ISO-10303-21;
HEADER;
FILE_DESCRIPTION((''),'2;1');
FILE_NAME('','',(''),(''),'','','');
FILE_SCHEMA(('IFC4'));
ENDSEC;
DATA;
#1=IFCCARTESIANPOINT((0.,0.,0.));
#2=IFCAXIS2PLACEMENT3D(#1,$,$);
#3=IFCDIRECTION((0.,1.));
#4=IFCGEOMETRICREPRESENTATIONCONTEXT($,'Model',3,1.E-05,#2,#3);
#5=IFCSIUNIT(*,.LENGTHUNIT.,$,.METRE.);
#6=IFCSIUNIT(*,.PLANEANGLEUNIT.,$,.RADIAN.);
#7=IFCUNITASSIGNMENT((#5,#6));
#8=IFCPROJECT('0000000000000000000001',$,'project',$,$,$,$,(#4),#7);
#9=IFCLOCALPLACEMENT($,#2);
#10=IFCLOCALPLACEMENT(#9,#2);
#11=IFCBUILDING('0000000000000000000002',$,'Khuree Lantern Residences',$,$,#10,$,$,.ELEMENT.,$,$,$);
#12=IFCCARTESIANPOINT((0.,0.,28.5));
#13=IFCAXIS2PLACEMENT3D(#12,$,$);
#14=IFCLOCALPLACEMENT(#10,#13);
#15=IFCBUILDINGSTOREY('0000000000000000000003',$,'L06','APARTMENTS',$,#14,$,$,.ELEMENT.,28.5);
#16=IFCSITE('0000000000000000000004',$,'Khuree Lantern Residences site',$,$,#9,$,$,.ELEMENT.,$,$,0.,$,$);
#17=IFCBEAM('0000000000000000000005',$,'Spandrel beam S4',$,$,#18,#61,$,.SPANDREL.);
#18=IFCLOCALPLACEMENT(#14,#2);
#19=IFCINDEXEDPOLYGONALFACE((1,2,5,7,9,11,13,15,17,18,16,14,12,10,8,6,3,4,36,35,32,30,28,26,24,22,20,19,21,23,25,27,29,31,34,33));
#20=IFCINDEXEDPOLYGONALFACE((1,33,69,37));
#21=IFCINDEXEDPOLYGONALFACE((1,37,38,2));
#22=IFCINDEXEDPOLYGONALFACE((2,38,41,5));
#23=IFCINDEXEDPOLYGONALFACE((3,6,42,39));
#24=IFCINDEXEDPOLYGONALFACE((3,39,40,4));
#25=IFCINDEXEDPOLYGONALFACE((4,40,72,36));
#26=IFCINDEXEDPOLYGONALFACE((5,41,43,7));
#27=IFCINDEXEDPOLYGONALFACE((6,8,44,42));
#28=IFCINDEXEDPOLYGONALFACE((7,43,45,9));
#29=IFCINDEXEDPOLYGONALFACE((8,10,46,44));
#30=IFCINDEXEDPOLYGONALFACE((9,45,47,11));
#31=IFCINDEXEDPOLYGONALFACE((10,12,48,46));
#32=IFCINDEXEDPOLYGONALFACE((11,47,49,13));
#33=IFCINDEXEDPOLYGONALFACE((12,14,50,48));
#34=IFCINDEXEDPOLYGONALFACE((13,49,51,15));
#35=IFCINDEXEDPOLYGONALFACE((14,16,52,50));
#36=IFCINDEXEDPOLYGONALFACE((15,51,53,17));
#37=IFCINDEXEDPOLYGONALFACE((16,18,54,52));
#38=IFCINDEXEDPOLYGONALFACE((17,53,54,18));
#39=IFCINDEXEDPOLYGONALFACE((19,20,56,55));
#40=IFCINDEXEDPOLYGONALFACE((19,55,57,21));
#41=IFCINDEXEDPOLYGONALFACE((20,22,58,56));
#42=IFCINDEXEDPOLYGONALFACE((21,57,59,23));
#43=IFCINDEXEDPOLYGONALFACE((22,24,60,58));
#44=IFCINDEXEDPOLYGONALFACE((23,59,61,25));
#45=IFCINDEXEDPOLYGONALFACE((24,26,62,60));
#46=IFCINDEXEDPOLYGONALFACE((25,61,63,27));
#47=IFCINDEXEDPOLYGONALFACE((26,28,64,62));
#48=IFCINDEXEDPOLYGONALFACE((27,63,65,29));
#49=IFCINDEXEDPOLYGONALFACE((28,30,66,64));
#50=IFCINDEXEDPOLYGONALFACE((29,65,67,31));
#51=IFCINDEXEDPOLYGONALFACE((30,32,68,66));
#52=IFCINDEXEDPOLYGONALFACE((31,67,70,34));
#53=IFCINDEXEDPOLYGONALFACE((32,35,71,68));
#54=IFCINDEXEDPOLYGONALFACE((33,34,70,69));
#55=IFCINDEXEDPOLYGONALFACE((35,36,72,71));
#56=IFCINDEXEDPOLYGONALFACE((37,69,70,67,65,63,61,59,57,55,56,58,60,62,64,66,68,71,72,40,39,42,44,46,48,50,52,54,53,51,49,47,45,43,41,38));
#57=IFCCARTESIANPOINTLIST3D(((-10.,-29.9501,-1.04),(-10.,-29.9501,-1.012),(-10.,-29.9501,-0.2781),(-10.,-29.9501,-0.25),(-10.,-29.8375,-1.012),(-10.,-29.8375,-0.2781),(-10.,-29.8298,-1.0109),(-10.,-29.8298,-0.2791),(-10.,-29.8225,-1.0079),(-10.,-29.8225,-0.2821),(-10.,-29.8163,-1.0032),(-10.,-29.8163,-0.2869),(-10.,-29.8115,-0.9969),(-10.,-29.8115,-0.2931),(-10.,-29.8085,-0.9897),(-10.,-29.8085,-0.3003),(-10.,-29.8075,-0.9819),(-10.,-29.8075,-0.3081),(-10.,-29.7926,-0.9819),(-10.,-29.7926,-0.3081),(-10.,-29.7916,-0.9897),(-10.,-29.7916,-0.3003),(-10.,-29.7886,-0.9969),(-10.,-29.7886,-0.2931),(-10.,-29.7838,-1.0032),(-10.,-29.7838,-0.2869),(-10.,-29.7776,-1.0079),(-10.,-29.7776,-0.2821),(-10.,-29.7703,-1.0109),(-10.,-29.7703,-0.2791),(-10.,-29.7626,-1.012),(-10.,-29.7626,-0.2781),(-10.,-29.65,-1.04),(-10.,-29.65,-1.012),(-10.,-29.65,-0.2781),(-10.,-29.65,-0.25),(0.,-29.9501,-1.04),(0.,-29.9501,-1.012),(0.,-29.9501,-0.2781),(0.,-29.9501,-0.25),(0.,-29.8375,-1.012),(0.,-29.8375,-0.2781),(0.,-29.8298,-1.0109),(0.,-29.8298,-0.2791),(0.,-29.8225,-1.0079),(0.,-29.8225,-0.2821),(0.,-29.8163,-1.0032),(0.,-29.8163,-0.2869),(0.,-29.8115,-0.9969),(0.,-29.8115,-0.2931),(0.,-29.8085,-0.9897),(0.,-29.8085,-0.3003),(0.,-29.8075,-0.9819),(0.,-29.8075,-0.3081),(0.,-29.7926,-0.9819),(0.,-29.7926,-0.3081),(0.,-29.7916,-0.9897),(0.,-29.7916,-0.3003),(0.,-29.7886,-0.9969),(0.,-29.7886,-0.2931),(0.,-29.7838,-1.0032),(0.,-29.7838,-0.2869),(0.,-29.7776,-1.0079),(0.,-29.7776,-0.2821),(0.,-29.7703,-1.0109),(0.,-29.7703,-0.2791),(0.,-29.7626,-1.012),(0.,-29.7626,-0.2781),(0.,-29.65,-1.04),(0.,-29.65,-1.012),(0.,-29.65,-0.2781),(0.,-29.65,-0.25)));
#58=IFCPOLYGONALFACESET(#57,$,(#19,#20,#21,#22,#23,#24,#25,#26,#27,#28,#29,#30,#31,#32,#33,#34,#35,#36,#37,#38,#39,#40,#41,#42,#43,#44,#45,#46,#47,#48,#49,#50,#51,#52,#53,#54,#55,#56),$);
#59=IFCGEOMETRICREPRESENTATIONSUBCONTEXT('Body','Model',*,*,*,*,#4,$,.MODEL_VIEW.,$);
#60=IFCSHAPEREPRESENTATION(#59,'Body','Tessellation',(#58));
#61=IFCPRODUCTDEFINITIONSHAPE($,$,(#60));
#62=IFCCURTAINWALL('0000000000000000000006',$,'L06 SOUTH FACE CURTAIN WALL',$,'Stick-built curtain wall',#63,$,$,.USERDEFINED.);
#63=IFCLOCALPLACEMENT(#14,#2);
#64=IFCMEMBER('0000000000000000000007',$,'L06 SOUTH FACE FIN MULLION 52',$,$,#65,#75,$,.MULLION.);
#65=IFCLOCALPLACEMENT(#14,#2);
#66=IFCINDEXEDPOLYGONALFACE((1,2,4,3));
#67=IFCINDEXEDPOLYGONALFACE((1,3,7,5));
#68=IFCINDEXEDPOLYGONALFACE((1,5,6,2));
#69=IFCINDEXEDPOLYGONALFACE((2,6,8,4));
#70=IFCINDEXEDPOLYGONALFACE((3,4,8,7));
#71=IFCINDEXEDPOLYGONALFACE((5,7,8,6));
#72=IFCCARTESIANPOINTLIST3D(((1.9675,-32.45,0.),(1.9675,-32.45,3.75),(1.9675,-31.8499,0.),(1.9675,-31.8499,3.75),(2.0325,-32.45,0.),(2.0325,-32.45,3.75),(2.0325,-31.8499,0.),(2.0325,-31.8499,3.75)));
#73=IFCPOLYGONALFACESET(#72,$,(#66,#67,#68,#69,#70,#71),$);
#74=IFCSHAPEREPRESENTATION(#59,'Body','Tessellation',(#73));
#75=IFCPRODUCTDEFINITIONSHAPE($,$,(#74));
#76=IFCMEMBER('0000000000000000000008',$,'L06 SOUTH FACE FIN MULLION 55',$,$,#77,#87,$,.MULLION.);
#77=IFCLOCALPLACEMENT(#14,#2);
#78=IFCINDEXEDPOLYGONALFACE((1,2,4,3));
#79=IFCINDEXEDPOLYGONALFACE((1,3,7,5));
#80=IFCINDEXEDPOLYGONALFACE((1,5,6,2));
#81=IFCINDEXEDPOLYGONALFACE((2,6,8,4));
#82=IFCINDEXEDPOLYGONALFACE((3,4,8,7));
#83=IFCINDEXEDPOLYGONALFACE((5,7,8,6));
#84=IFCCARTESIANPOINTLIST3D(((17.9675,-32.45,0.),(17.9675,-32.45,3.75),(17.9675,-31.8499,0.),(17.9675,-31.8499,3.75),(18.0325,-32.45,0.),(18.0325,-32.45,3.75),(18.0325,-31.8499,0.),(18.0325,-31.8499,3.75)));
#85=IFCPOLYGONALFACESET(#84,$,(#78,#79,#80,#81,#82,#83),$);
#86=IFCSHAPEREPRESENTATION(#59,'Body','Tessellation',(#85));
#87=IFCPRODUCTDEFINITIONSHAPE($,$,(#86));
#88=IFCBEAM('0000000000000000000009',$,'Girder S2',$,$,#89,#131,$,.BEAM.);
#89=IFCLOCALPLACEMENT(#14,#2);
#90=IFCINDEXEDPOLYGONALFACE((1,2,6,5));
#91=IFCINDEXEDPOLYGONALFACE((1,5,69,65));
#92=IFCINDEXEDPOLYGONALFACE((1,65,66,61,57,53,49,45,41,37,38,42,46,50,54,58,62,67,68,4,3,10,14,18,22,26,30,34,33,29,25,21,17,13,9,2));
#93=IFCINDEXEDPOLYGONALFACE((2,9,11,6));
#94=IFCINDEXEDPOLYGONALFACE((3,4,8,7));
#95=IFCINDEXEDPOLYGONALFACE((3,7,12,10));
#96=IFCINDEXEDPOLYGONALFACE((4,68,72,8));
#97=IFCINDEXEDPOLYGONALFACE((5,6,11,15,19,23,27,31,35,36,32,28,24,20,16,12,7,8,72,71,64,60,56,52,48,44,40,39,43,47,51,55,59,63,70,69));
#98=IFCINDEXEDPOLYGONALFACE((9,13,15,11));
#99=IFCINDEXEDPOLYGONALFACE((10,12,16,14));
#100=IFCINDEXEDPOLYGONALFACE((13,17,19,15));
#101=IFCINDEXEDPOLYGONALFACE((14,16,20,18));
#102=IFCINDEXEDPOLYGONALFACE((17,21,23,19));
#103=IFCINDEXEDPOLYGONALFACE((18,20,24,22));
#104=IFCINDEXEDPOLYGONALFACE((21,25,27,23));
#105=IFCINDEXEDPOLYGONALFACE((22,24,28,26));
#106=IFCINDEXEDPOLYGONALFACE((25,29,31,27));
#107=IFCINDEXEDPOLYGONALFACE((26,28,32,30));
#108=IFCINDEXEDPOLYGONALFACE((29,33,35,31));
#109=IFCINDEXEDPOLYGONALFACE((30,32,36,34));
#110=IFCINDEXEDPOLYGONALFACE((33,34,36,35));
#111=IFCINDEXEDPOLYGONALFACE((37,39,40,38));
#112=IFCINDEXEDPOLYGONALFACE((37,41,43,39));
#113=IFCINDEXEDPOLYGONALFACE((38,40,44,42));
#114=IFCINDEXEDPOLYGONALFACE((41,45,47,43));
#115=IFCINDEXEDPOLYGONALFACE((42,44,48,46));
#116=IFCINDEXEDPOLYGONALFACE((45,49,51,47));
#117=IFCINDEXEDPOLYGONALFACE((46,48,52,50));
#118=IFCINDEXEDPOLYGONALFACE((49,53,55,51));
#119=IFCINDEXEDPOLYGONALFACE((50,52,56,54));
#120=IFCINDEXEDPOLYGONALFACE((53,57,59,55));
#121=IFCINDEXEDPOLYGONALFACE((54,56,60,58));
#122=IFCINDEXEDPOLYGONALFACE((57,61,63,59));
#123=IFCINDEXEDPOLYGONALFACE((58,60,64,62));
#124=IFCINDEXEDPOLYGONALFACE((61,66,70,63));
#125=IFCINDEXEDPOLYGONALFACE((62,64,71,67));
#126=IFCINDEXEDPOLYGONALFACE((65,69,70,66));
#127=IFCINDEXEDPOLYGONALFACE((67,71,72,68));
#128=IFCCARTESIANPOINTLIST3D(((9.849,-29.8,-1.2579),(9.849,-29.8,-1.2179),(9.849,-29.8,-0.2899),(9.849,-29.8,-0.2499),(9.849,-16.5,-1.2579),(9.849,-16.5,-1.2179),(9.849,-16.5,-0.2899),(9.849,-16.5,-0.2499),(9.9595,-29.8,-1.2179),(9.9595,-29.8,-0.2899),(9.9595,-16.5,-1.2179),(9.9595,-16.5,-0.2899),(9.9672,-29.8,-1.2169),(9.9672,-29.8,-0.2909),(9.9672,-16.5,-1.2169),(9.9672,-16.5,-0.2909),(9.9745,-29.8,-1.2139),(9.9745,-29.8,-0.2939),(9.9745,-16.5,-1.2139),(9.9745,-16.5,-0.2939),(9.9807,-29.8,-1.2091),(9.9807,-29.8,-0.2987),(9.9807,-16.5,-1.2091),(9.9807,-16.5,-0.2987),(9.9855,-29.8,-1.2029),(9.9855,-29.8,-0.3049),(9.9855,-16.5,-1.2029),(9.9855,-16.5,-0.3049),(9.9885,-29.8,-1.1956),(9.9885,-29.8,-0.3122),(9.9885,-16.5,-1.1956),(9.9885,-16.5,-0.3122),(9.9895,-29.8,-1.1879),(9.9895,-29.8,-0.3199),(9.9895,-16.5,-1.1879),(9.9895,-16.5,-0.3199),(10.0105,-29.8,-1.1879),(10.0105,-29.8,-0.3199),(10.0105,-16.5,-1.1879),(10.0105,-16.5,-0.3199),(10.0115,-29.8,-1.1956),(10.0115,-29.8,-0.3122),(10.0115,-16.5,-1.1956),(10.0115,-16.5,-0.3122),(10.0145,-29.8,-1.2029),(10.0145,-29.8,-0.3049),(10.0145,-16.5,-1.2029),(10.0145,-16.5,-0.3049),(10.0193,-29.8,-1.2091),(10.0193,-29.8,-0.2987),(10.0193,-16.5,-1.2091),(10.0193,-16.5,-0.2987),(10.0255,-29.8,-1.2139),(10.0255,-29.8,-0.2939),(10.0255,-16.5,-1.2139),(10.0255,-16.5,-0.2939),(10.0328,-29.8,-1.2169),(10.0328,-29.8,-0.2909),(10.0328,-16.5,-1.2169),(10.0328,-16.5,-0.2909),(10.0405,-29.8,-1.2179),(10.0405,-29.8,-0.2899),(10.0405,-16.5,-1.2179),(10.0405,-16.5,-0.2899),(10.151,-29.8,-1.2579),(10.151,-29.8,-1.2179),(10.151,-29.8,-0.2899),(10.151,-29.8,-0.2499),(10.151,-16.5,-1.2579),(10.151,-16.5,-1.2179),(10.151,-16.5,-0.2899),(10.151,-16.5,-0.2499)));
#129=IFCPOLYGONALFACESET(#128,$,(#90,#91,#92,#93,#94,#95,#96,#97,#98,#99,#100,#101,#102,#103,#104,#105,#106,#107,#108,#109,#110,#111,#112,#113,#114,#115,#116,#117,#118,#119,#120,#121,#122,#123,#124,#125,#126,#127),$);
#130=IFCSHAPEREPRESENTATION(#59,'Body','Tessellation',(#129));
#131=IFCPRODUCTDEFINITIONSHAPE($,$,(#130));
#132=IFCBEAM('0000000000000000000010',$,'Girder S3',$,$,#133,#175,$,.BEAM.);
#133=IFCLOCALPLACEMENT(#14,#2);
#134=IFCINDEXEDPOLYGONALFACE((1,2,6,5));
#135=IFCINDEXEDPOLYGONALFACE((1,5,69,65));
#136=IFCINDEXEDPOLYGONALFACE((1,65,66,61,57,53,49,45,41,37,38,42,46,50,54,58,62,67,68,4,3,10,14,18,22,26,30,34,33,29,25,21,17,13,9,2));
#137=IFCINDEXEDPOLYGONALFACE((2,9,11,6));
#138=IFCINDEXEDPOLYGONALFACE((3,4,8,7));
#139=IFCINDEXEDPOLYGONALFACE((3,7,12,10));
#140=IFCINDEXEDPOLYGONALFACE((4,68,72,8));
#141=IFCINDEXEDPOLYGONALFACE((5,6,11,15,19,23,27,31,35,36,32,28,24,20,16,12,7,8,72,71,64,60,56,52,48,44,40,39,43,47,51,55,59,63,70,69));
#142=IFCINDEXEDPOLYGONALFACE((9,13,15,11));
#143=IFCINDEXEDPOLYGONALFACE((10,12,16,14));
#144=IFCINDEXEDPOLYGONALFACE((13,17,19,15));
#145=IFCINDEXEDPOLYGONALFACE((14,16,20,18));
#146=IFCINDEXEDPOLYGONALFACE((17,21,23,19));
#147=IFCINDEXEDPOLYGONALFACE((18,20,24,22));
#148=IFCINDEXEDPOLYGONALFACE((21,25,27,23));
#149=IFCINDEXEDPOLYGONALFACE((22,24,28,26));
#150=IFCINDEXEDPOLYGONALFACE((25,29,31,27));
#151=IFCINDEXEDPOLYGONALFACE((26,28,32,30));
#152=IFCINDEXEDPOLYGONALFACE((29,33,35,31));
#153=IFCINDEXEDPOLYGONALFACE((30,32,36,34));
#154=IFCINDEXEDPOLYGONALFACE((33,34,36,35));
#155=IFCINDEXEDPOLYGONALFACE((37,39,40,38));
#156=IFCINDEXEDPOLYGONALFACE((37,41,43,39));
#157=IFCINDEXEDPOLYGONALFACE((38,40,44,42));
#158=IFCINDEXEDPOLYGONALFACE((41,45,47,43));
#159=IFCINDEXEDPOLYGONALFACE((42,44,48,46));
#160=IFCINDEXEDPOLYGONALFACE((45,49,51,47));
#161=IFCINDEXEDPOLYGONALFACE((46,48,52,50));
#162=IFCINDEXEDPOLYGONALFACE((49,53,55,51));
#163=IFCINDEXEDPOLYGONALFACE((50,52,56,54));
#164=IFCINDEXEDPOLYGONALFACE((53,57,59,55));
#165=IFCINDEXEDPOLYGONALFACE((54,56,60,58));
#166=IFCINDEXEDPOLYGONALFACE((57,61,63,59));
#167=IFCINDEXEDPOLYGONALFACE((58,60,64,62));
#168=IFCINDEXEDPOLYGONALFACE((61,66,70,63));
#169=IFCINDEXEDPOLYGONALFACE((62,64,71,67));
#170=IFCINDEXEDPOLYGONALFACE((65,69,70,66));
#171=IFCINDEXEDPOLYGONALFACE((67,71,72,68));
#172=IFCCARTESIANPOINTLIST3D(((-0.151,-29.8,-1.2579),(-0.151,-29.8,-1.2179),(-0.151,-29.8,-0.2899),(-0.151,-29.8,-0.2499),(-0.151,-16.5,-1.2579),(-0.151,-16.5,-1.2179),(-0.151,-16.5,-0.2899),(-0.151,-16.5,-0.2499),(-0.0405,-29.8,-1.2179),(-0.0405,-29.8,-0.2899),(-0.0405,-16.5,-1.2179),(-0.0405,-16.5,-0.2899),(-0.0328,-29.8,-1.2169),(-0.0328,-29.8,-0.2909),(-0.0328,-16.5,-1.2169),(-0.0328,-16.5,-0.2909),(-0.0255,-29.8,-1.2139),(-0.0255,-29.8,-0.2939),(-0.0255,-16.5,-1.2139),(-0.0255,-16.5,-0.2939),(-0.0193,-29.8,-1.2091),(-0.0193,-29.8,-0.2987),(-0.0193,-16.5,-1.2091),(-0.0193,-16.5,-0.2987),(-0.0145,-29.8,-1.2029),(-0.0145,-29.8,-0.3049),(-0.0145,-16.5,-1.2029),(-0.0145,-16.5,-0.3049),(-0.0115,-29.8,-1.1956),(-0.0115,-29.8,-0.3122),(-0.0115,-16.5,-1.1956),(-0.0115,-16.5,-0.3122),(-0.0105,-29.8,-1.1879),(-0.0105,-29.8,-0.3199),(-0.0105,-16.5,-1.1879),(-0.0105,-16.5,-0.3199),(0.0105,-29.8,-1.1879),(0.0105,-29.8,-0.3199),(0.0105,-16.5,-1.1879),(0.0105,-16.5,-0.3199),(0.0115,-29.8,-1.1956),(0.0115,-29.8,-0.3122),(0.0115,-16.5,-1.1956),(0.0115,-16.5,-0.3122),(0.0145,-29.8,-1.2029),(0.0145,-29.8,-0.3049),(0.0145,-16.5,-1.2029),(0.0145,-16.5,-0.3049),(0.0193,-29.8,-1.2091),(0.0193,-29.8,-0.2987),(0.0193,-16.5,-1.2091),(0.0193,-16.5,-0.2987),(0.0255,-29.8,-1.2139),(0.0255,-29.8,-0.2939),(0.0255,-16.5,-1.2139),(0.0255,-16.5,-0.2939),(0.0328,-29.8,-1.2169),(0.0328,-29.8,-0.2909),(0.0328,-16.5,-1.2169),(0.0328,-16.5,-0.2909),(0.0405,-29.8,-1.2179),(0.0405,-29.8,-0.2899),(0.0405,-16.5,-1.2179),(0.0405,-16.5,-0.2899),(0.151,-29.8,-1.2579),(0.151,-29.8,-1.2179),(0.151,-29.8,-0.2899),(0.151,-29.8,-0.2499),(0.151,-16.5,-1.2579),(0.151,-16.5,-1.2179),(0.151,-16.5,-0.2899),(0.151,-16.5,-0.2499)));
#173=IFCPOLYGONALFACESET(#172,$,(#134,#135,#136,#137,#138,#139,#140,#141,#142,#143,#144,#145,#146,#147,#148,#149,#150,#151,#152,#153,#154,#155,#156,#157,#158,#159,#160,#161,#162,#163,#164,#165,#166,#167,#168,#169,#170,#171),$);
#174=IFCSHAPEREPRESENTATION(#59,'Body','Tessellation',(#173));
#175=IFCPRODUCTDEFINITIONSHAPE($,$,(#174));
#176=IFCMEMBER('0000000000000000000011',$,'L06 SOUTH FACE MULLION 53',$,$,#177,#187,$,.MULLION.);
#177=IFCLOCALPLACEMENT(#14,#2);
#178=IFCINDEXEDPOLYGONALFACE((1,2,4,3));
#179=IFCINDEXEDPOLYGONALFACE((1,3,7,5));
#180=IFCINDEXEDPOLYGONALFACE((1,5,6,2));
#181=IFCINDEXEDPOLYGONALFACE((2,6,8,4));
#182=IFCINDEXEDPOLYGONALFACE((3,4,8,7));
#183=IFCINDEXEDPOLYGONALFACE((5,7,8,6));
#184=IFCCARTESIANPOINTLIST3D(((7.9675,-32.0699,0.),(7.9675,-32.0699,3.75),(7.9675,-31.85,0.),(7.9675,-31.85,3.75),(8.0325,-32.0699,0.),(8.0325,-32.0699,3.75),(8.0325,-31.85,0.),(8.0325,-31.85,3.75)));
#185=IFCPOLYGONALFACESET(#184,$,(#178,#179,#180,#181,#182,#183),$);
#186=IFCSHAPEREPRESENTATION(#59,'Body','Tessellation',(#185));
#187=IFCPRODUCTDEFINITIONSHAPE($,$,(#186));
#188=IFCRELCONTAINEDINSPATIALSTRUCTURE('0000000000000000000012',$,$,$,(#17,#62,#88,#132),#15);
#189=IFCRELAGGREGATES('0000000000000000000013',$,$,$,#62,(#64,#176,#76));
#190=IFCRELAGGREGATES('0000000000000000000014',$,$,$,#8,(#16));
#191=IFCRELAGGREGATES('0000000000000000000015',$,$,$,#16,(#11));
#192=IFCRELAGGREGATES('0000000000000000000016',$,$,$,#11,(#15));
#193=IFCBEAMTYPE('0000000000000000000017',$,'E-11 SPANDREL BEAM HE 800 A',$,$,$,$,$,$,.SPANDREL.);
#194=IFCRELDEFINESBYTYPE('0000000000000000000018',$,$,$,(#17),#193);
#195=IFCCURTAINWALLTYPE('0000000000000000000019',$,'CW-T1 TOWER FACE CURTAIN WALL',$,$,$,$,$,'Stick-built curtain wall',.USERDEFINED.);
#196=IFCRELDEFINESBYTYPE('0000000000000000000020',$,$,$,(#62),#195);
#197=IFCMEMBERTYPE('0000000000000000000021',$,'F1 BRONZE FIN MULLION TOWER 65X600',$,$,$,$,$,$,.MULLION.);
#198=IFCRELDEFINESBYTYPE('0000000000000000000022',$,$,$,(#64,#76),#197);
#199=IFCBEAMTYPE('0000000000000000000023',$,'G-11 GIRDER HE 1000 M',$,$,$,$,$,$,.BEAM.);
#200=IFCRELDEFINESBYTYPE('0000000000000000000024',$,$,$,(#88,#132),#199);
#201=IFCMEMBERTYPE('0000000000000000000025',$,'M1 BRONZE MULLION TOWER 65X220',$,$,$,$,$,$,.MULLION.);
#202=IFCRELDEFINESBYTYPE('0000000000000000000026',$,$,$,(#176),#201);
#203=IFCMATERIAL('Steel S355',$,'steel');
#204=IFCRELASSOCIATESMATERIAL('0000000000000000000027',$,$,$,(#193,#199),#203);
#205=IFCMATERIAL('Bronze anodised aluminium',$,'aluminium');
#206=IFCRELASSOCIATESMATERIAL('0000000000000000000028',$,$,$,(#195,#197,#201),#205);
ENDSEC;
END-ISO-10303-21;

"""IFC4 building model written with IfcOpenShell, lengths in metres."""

from ifc_helpers import new_model, si_unit, direction, frame, origin, origin_2d, place, context, subcontext, project, spatial, rectangle, i_section, extrude, material, material_profile, profile_set, type_object, element, aggregate, save


model = new_model("IFC4")

# Units and contexts
model_context = context("Model", 3, precision=1e-05, world=origin(), true_north=direction((0.0, 1.0)))
body_context = subcontext(model_context, "Body", "Model", "MODEL_VIEW")
ifc_project = project(units=[si_unit("LENGTHUNIT", "METRE"), si_unit("PLANEANGLEUNIT", "RADIAN")], contexts=[model_context])

# Site, building, storey
site_placement = place(None, origin())
site = spatial("IfcSite", under=ifc_project, at=site_placement, Name="Khuree Lantern Residences site", CompositionType="ELEMENT", RefElevation=0.0)
building_placement = place(site_placement, origin())
building = spatial("IfcBuilding", under=site, at=building_placement, Name="Khuree Lantern Residences", CompositionType="ELEMENT")
storey_placement = place(building_placement, frame((0.0, 0.0, 28.5)))
storey = spatial("IfcBuildingStorey", under=building, at=storey_placement, Name="L06", Description="APARTMENTS", CompositionType="ELEMENT", Elevation=28.5)

# Beam
ifc_material_1 = material(Name="Steel S355", Category="steel")
ifc_material_profile_1 = material_profile(ifc_material_1, i_section(OverallWidth=0.3, OverallDepth=0.79, WebThickness=0.0149, FlangeThickness=0.0281, FilletRadius=0.03, at=origin_2d()), Name="HE 800 A")
ifc_profile_set_1 = profile_set([ifc_material_profile_1], Name="Steel S355")
beam_type_1 = type_object("IfcBeamType", Name="E-11 SPANDREL BEAM HE 800 A", PredefinedType="SPANDREL", material=ifc_profile_set_1)
for number, where, z_axis, x_axis, name in (
    (1, (0.0, -29.8, -0.645), (-1.0, 0.0, 0.0), (0.0, -1.0, 0.0), "Spandrel beam S4"),
):
    element("IfcBeam", number, at=place(storey_placement, frame(where, z_axis=z_axis, x_axis=x_axis)), inside=storey, type_object=beam_type_1, Name=name, PredefinedType="SPANDREL", context=body_context, shape_type="SweptSolid", body=[
        extrude(i_section(OverallWidth=0.3, OverallDepth=0.79, WebThickness=0.0149, FlangeThickness=0.0281, FilletRadius=0.03, at=origin_2d()), origin(), (0.0, 0.0, 1.0), 10.0),
    ])

# Curtain wall, members
ifc_material_2 = material(Name="Bronze anodised aluminium", Category="aluminium")
curtain_wall_type = type_object("IfcCurtainWallType", Name="CW-T1 TOWER FACE CURTAIN WALL", ElementType="Stick-built curtain wall", PredefinedType="USERDEFINED", material=ifc_material_2)
curtain_wall_placement = place(storey_placement, origin())
curtain_wall = element("IfcCurtainWall", 2, at=curtain_wall_placement, inside=storey, type_object=curtain_wall_type, Name="L06 SOUTH FACE CURTAIN WALL", ObjectType="Stick-built curtain wall", PredefinedType="USERDEFINED")
ifc_material_profile_2 = material_profile(ifc_material_2, rectangle(XDim=0.0649, YDim=0.6001, at=origin_2d()), Name="F1 65X600")
ifc_profile_set_2 = profile_set([ifc_material_profile_2], Name="Bronze anodised aluminium")
member_type_1 = type_object("IfcMemberType", Name="F1 BRONZE FIN MULLION TOWER 65X600", PredefinedType="MULLION", material=ifc_profile_set_2)
member_1_placement = place(storey_placement, frame((2.0, -32.1499, 0.0), z_axis=(0.0, 0.0, 1.0), x_axis=(1.0, 0.0, 0.0)))
member_1 = element("IfcMember", 3, at=member_1_placement, type_object=member_type_1, Name="L06 SOUTH FACE FIN MULLION 52", PredefinedType="MULLION", context=body_context, shape_type="SweptSolid", body=[
    extrude(rectangle(XDim=0.0649, YDim=0.6001, at=origin_2d()), origin(), (0.0, 0.0, 1.0), 3.75),
])
member_2_placement = place(storey_placement, frame((18.0, -32.1499, 0.0), z_axis=(0.0, 0.0, 1.0), x_axis=(1.0, 0.0, 0.0)))
member_2 = element("IfcMember", 4, at=member_2_placement, type_object=member_type_1, Name="L06 SOUTH FACE FIN MULLION 55", PredefinedType="MULLION", context=body_context, shape_type="SweptSolid", body=[
    extrude(rectangle(XDim=0.0649, YDim=0.6001, at=origin_2d()), origin(), (0.0, 0.0, 1.0), 3.75),
])

# Beams
ifc_material_profile_3 = material_profile(ifc_material_1, i_section(OverallWidth=0.302, OverallDepth=1.0081, WebThickness=0.021, FlangeThickness=0.04, FilletRadius=0.03, at=origin_2d()), Name="HE 1000 M")
ifc_profile_set_3 = profile_set([ifc_material_profile_3], Name="Steel S355")
beam_type_2 = type_object("IfcBeamType", Name="G-11 GIRDER HE 1000 M", PredefinedType="BEAM", material=ifc_profile_set_3)
for number, where, z_axis, x_axis, name in (
    (5, (10.0, -29.8, -0.7539), (0.0, 1.0, 0.0), (-1.0, 0.0, 0.0), "Girder S2"),
    (6, (0.0, -29.8, -0.7539), (0.0, 1.0, 0.0), (-1.0, 0.0, 0.0), "Girder S3"),
):
    element("IfcBeam", number, at=place(storey_placement, frame(where, z_axis=z_axis, x_axis=x_axis)), inside=storey, type_object=beam_type_2, Name=name, PredefinedType="BEAM", context=body_context, shape_type="SweptSolid", body=[
        extrude(i_section(OverallWidth=0.302, OverallDepth=1.0081, WebThickness=0.021, FlangeThickness=0.04, FilletRadius=0.03, at=origin_2d()), origin(), (0.0, 0.0, 1.0), 13.3),
    ])

# Member
ifc_material_profile_4 = material_profile(ifc_material_2, rectangle(XDim=0.0649, YDim=0.22, at=origin_2d()), Name="M1 65X220")
ifc_profile_set_4 = profile_set([ifc_material_profile_4], Name="Bronze anodised aluminium")
member_type_2 = type_object("IfcMemberType", Name="M1 BRONZE MULLION TOWER 65X220", PredefinedType="MULLION", material=ifc_profile_set_4)
member_3_placement = place(storey_placement, frame((8.0, -31.96, 0.0), z_axis=(0.0, 0.0, 1.0), x_axis=(1.0, 0.0, 0.0)))
member_3 = element("IfcMember", 7, at=member_3_placement, type_object=member_type_2, Name="L06 SOUTH FACE MULLION 53", PredefinedType="MULLION", context=body_context, shape_type="SweptSolid", body=[
    extrude(rectangle(XDim=0.0649, YDim=0.22, at=origin_2d()), origin(), (0.0, 0.0, 1.0), 3.75),
])

aggregate(curtain_wall, [member_1, member_3, member_2])

save(model, "model.ifc")
